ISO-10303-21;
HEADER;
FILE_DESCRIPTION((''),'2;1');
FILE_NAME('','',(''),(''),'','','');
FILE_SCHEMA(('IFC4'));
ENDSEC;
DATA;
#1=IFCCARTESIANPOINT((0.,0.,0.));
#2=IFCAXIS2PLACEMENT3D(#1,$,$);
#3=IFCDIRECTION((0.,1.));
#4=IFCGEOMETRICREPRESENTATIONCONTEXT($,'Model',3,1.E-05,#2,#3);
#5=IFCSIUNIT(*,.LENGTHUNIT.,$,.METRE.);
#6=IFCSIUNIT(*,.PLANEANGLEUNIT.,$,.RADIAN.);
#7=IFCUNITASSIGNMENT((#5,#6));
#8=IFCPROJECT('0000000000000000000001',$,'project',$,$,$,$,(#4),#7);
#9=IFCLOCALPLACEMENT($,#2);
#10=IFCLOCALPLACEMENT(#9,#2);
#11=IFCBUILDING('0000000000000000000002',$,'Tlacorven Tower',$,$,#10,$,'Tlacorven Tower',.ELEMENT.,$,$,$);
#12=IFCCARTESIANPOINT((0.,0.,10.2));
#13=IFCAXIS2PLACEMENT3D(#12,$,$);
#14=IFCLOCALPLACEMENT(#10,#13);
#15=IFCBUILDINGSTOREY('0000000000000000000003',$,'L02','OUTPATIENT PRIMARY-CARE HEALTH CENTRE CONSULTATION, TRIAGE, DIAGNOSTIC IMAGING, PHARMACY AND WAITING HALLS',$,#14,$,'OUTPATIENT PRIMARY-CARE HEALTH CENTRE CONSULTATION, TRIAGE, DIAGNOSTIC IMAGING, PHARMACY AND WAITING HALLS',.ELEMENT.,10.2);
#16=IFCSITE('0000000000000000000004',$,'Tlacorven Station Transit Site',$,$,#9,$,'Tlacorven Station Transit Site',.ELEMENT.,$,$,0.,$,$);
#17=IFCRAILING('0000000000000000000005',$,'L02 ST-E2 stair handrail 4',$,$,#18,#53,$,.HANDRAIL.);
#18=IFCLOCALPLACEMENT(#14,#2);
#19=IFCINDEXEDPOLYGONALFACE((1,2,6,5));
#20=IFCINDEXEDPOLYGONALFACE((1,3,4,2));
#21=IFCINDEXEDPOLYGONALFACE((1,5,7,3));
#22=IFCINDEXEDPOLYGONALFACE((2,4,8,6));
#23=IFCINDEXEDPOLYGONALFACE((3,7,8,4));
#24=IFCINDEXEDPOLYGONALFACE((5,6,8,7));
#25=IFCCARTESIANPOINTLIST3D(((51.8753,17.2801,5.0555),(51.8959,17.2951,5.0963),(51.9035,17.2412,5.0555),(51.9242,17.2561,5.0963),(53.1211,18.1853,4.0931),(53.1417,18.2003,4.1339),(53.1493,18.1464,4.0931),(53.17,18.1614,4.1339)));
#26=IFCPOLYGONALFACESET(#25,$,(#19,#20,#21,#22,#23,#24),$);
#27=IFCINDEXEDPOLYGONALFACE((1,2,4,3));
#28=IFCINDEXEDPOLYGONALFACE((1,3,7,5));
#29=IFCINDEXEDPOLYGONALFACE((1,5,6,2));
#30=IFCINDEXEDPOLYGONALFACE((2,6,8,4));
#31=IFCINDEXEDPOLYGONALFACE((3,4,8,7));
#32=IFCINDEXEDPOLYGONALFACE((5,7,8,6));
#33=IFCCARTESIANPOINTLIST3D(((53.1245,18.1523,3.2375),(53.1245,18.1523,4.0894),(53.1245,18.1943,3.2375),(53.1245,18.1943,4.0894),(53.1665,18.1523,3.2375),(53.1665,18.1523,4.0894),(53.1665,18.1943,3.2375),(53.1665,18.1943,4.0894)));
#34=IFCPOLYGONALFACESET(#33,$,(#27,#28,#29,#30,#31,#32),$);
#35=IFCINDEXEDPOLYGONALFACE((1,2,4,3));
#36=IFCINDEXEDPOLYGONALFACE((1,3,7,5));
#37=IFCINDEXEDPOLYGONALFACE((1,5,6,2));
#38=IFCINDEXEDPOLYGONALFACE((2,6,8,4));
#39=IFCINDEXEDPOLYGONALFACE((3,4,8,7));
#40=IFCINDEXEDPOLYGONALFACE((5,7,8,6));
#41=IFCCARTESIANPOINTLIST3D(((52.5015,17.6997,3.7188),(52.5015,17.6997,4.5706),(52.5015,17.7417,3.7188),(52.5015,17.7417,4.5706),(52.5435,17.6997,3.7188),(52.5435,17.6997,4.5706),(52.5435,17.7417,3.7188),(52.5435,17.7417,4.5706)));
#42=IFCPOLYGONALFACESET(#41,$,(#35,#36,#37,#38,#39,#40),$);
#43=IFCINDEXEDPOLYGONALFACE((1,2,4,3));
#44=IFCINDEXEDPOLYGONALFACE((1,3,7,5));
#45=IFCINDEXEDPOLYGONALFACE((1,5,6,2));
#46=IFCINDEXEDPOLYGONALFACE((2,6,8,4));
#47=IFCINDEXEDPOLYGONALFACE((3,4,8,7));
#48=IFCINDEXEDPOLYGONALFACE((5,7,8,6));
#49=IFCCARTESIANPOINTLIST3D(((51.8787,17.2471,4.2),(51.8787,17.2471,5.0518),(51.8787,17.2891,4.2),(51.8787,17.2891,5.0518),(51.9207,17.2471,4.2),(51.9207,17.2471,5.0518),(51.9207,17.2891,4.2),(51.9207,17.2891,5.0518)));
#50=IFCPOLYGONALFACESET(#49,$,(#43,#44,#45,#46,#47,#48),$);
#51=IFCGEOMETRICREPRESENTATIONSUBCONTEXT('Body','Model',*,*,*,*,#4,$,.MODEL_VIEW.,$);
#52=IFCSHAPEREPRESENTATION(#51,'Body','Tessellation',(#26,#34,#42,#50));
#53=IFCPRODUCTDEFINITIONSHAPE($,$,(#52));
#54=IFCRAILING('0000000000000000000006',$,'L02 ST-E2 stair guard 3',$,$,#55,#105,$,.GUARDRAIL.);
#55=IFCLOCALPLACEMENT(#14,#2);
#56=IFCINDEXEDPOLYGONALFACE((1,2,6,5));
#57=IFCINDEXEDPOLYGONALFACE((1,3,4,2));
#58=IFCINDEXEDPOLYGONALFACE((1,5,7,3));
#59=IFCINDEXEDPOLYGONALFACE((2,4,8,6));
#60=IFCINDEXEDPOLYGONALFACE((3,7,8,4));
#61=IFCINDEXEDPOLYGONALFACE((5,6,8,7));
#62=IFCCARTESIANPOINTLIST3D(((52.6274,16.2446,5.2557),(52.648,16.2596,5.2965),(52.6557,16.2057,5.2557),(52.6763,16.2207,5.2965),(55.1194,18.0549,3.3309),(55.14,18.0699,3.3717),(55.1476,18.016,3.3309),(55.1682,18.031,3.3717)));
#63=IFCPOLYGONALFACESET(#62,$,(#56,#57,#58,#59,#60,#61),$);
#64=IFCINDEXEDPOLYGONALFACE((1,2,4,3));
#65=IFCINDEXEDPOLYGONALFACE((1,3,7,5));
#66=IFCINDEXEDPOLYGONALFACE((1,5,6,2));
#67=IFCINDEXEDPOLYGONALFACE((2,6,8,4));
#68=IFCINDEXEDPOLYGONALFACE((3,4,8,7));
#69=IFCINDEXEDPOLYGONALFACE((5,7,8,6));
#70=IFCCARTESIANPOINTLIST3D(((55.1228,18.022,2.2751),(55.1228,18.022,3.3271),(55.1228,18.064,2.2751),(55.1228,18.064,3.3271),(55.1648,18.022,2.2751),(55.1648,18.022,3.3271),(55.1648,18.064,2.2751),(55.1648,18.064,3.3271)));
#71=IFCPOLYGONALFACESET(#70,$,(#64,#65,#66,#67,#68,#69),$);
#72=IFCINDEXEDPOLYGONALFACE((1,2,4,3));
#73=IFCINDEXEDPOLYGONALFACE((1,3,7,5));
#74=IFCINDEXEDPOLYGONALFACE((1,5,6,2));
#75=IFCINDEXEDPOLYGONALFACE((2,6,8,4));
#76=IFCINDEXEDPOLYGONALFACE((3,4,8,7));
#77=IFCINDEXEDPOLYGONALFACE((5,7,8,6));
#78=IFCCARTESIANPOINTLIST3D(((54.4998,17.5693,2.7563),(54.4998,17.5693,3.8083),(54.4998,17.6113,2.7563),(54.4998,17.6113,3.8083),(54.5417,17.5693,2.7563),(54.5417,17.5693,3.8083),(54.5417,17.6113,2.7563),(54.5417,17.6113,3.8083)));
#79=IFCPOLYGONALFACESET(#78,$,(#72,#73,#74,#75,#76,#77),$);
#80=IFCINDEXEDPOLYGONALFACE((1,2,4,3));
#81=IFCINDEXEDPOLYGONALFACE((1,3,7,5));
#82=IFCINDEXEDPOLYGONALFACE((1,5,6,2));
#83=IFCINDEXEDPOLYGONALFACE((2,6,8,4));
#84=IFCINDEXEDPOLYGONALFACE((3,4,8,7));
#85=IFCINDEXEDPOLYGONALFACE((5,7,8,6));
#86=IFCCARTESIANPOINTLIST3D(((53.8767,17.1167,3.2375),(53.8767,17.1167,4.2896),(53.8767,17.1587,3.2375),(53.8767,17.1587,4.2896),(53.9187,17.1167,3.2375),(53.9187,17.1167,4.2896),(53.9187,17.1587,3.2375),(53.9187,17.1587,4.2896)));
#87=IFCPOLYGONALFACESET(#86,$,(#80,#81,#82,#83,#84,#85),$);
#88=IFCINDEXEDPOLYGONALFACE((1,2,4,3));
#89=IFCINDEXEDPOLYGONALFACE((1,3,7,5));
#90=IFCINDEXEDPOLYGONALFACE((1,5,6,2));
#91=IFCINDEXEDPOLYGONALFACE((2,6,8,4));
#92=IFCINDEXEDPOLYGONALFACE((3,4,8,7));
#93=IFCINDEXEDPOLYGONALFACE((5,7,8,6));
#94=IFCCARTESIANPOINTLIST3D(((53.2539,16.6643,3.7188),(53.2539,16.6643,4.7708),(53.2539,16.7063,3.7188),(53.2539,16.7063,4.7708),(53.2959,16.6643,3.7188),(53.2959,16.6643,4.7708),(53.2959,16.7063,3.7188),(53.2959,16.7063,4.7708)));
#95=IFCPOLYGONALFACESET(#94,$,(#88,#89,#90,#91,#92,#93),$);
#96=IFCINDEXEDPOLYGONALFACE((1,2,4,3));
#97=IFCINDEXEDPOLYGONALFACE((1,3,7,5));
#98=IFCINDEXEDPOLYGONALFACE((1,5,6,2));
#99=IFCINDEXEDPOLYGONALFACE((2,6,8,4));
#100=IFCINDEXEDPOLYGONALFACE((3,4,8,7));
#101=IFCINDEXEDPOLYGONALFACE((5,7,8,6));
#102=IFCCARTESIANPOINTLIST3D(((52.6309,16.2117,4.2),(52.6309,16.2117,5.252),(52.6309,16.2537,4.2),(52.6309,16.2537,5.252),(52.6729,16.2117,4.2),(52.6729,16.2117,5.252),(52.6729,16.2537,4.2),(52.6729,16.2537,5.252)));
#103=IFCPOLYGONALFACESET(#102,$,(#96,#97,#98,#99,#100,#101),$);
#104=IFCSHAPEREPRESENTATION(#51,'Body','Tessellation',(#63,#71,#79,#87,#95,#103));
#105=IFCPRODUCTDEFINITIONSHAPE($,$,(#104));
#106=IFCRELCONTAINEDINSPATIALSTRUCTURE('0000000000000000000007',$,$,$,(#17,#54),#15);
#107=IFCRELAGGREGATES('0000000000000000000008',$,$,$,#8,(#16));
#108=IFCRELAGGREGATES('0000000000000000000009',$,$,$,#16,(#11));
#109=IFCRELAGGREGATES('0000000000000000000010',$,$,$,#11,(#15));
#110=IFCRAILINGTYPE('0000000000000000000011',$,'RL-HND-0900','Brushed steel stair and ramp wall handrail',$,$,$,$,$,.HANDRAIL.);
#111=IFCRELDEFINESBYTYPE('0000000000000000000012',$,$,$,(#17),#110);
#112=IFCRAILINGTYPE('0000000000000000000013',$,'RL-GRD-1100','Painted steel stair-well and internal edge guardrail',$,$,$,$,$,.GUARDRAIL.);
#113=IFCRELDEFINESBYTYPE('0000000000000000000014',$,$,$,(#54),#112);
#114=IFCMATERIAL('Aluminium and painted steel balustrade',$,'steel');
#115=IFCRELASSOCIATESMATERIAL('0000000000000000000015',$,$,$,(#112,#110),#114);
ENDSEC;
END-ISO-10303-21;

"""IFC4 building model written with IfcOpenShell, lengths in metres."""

from ifc_helpers import new_model, si_unit, direction, frame, origin, origin_2d, place, context, subcontext, project, spatial, rectangle, extrude, source, transform, mapped, material, type_object, element, save


model = new_model("IFC4")

# Units and contexts
model_context = context("Model", 3, precision=1e-05, world=origin(), true_north=direction((0.0, 1.0)))
body_context = subcontext(model_context, "Body", "Model", "MODEL_VIEW")
ifc_project = project(units=[si_unit("LENGTHUNIT", "METRE"), si_unit("PLANEANGLEUNIT", "RADIAN")], contexts=[model_context])

# Site, building, storey
site_placement = place(None, origin())
site = spatial("IfcSite", under=ifc_project, at=site_placement, Name="Tlacorven Station Transit Site", LongName="Tlacorven Station Transit Site", CompositionType="ELEMENT", RefElevation=0.0)
building_placement = place(site_placement, origin())
building = spatial("IfcBuilding", under=site, at=building_placement, Name="Tlacorven Tower", LongName="Tlacorven Tower", CompositionType="ELEMENT")
storey_placement = place(building_placement, frame((0.0, 0.0, 10.2)))
storey = spatial("IfcBuildingStorey", under=building, at=storey_placement, Name="L02", Description="OUTPATIENT PRIMARY-CARE HEALTH CENTRE CONSULTATION, TRIAGE, DIAGNOSTIC IMAGING, PHARMACY AND WAITING HALLS", LongName="OUTPATIENT PRIMARY-CARE HEALTH CENTRE CONSULTATION, TRIAGE, DIAGNOSTIC IMAGING, PHARMACY AND WAITING HALLS", CompositionType="ELEMENT", Elevation=10.2)

# Railings
ifc_material_1 = material(Name="Aluminium and painted steel balustrade", Category="steel")
railing_type_1 = type_object("IfcRailingType", Name="RL-GRD-1100", Description="Painted steel stair-well and internal edge guardrail", PredefinedType="GUARDRAIL", material=ifc_material_1)
railing_type_2 = type_object("IfcRailingType", Name="RL-HND-0900", Description="Brushed steel stair and ramp wall handrail", PredefinedType="HANDRAIL", material=ifc_material_1)
shared_shape_1 = source(origin(), body_context, "Body", "SweptSolid", [
    extrude(rectangle(XDim=0.0481, YDim=0.0481, at=origin_2d()), frame((0.0, 0.0, 0.876), z_axis=(-0.686038, -0.498497, 0.529955), x_axis=(0.587832, -0.808983, 0.0)), (0.0, 0.0, 1.0), 1.8159),
    extrude(rectangle(XDim=0.042, YDim=0.042, at=origin_2d()), origin(), (0.0, 0.0, 1.0), 0.8518),
    extrude(rectangle(XDim=0.042, YDim=0.042, at=origin_2d()), frame((-0.623, -0.4526, 0.4812)), (0.0, 0.0, 1.0), 0.8518),
    extrude(rectangle(XDim=0.042, YDim=0.042, at=origin_2d()), frame((-1.2458, -0.9053, 0.9624)), (0.0, 0.0, 1.0), 0.8518),
])
for number, where, name in (
    (1, (53.1455, 18.1733, 3.2375), "L02 ST-E2 stair handrail 4"),
):
    element("IfcRailing", number, at=place(storey_placement, frame(where)), inside=storey, type_object=railing_type_2, Name=name, PredefinedType="HANDRAIL", context=body_context, shape_type="MappedRepresentation", body=[
        mapped(shared_shape_1, transform((0.0, 0.0, 0.0), scale=1.0)),
    ])
shared_shape_2 = source(origin(), body_context, "Body", "SweptSolid", [
    extrude(rectangle(XDim=0.0481, YDim=0.0481, at=origin_2d()), frame((0.0, 0.0, 1.0762), z_axis=(-0.686097, -0.498423, 0.529949), x_axis=(0.587743, -0.809048, 0.0)), (0.0, 0.0, 1.0), 3.6321),
    extrude(rectangle(XDim=0.042, YDim=0.042, at=origin_2d()), origin(), (0.0, 0.0, 1.0), 1.052),
    extrude(rectangle(XDim=0.042, YDim=0.042, at=origin_2d()), frame((-0.623, -0.4526, 0.4812)), (0.0, 0.0, 1.0), 1.052),
    extrude(rectangle(XDim=0.042, YDim=0.042, at=origin_2d()), frame((-1.2461, -0.9053, 0.9624)), (0.0, 0.0, 1.0), 1.052),
    extrude(rectangle(XDim=0.042, YDim=0.042, at=origin_2d()), frame((-1.8689, -1.3577, 1.4436)), (0.0, 0.0, 1.0), 1.052),
    extrude(rectangle(XDim=0.042, YDim=0.042, at=origin_2d()), frame((-2.4919, -1.8103, 1.9248)), (0.0, 0.0, 1.0), 1.052),
])
railing_placement = place(storey_placement, frame((55.1438, 18.043, 2.2751)))
element("IfcRailing", 2, at=railing_placement, inside=storey, type_object=railing_type_1, Name="L02 ST-E2 stair guard 3", PredefinedType="GUARDRAIL", context=body_context, shape_type="MappedRepresentation", body=[
    mapped(shared_shape_2, transform((0.0, 0.0, 0.0), scale=1.0)),
])

save(model, "model.ifc")
